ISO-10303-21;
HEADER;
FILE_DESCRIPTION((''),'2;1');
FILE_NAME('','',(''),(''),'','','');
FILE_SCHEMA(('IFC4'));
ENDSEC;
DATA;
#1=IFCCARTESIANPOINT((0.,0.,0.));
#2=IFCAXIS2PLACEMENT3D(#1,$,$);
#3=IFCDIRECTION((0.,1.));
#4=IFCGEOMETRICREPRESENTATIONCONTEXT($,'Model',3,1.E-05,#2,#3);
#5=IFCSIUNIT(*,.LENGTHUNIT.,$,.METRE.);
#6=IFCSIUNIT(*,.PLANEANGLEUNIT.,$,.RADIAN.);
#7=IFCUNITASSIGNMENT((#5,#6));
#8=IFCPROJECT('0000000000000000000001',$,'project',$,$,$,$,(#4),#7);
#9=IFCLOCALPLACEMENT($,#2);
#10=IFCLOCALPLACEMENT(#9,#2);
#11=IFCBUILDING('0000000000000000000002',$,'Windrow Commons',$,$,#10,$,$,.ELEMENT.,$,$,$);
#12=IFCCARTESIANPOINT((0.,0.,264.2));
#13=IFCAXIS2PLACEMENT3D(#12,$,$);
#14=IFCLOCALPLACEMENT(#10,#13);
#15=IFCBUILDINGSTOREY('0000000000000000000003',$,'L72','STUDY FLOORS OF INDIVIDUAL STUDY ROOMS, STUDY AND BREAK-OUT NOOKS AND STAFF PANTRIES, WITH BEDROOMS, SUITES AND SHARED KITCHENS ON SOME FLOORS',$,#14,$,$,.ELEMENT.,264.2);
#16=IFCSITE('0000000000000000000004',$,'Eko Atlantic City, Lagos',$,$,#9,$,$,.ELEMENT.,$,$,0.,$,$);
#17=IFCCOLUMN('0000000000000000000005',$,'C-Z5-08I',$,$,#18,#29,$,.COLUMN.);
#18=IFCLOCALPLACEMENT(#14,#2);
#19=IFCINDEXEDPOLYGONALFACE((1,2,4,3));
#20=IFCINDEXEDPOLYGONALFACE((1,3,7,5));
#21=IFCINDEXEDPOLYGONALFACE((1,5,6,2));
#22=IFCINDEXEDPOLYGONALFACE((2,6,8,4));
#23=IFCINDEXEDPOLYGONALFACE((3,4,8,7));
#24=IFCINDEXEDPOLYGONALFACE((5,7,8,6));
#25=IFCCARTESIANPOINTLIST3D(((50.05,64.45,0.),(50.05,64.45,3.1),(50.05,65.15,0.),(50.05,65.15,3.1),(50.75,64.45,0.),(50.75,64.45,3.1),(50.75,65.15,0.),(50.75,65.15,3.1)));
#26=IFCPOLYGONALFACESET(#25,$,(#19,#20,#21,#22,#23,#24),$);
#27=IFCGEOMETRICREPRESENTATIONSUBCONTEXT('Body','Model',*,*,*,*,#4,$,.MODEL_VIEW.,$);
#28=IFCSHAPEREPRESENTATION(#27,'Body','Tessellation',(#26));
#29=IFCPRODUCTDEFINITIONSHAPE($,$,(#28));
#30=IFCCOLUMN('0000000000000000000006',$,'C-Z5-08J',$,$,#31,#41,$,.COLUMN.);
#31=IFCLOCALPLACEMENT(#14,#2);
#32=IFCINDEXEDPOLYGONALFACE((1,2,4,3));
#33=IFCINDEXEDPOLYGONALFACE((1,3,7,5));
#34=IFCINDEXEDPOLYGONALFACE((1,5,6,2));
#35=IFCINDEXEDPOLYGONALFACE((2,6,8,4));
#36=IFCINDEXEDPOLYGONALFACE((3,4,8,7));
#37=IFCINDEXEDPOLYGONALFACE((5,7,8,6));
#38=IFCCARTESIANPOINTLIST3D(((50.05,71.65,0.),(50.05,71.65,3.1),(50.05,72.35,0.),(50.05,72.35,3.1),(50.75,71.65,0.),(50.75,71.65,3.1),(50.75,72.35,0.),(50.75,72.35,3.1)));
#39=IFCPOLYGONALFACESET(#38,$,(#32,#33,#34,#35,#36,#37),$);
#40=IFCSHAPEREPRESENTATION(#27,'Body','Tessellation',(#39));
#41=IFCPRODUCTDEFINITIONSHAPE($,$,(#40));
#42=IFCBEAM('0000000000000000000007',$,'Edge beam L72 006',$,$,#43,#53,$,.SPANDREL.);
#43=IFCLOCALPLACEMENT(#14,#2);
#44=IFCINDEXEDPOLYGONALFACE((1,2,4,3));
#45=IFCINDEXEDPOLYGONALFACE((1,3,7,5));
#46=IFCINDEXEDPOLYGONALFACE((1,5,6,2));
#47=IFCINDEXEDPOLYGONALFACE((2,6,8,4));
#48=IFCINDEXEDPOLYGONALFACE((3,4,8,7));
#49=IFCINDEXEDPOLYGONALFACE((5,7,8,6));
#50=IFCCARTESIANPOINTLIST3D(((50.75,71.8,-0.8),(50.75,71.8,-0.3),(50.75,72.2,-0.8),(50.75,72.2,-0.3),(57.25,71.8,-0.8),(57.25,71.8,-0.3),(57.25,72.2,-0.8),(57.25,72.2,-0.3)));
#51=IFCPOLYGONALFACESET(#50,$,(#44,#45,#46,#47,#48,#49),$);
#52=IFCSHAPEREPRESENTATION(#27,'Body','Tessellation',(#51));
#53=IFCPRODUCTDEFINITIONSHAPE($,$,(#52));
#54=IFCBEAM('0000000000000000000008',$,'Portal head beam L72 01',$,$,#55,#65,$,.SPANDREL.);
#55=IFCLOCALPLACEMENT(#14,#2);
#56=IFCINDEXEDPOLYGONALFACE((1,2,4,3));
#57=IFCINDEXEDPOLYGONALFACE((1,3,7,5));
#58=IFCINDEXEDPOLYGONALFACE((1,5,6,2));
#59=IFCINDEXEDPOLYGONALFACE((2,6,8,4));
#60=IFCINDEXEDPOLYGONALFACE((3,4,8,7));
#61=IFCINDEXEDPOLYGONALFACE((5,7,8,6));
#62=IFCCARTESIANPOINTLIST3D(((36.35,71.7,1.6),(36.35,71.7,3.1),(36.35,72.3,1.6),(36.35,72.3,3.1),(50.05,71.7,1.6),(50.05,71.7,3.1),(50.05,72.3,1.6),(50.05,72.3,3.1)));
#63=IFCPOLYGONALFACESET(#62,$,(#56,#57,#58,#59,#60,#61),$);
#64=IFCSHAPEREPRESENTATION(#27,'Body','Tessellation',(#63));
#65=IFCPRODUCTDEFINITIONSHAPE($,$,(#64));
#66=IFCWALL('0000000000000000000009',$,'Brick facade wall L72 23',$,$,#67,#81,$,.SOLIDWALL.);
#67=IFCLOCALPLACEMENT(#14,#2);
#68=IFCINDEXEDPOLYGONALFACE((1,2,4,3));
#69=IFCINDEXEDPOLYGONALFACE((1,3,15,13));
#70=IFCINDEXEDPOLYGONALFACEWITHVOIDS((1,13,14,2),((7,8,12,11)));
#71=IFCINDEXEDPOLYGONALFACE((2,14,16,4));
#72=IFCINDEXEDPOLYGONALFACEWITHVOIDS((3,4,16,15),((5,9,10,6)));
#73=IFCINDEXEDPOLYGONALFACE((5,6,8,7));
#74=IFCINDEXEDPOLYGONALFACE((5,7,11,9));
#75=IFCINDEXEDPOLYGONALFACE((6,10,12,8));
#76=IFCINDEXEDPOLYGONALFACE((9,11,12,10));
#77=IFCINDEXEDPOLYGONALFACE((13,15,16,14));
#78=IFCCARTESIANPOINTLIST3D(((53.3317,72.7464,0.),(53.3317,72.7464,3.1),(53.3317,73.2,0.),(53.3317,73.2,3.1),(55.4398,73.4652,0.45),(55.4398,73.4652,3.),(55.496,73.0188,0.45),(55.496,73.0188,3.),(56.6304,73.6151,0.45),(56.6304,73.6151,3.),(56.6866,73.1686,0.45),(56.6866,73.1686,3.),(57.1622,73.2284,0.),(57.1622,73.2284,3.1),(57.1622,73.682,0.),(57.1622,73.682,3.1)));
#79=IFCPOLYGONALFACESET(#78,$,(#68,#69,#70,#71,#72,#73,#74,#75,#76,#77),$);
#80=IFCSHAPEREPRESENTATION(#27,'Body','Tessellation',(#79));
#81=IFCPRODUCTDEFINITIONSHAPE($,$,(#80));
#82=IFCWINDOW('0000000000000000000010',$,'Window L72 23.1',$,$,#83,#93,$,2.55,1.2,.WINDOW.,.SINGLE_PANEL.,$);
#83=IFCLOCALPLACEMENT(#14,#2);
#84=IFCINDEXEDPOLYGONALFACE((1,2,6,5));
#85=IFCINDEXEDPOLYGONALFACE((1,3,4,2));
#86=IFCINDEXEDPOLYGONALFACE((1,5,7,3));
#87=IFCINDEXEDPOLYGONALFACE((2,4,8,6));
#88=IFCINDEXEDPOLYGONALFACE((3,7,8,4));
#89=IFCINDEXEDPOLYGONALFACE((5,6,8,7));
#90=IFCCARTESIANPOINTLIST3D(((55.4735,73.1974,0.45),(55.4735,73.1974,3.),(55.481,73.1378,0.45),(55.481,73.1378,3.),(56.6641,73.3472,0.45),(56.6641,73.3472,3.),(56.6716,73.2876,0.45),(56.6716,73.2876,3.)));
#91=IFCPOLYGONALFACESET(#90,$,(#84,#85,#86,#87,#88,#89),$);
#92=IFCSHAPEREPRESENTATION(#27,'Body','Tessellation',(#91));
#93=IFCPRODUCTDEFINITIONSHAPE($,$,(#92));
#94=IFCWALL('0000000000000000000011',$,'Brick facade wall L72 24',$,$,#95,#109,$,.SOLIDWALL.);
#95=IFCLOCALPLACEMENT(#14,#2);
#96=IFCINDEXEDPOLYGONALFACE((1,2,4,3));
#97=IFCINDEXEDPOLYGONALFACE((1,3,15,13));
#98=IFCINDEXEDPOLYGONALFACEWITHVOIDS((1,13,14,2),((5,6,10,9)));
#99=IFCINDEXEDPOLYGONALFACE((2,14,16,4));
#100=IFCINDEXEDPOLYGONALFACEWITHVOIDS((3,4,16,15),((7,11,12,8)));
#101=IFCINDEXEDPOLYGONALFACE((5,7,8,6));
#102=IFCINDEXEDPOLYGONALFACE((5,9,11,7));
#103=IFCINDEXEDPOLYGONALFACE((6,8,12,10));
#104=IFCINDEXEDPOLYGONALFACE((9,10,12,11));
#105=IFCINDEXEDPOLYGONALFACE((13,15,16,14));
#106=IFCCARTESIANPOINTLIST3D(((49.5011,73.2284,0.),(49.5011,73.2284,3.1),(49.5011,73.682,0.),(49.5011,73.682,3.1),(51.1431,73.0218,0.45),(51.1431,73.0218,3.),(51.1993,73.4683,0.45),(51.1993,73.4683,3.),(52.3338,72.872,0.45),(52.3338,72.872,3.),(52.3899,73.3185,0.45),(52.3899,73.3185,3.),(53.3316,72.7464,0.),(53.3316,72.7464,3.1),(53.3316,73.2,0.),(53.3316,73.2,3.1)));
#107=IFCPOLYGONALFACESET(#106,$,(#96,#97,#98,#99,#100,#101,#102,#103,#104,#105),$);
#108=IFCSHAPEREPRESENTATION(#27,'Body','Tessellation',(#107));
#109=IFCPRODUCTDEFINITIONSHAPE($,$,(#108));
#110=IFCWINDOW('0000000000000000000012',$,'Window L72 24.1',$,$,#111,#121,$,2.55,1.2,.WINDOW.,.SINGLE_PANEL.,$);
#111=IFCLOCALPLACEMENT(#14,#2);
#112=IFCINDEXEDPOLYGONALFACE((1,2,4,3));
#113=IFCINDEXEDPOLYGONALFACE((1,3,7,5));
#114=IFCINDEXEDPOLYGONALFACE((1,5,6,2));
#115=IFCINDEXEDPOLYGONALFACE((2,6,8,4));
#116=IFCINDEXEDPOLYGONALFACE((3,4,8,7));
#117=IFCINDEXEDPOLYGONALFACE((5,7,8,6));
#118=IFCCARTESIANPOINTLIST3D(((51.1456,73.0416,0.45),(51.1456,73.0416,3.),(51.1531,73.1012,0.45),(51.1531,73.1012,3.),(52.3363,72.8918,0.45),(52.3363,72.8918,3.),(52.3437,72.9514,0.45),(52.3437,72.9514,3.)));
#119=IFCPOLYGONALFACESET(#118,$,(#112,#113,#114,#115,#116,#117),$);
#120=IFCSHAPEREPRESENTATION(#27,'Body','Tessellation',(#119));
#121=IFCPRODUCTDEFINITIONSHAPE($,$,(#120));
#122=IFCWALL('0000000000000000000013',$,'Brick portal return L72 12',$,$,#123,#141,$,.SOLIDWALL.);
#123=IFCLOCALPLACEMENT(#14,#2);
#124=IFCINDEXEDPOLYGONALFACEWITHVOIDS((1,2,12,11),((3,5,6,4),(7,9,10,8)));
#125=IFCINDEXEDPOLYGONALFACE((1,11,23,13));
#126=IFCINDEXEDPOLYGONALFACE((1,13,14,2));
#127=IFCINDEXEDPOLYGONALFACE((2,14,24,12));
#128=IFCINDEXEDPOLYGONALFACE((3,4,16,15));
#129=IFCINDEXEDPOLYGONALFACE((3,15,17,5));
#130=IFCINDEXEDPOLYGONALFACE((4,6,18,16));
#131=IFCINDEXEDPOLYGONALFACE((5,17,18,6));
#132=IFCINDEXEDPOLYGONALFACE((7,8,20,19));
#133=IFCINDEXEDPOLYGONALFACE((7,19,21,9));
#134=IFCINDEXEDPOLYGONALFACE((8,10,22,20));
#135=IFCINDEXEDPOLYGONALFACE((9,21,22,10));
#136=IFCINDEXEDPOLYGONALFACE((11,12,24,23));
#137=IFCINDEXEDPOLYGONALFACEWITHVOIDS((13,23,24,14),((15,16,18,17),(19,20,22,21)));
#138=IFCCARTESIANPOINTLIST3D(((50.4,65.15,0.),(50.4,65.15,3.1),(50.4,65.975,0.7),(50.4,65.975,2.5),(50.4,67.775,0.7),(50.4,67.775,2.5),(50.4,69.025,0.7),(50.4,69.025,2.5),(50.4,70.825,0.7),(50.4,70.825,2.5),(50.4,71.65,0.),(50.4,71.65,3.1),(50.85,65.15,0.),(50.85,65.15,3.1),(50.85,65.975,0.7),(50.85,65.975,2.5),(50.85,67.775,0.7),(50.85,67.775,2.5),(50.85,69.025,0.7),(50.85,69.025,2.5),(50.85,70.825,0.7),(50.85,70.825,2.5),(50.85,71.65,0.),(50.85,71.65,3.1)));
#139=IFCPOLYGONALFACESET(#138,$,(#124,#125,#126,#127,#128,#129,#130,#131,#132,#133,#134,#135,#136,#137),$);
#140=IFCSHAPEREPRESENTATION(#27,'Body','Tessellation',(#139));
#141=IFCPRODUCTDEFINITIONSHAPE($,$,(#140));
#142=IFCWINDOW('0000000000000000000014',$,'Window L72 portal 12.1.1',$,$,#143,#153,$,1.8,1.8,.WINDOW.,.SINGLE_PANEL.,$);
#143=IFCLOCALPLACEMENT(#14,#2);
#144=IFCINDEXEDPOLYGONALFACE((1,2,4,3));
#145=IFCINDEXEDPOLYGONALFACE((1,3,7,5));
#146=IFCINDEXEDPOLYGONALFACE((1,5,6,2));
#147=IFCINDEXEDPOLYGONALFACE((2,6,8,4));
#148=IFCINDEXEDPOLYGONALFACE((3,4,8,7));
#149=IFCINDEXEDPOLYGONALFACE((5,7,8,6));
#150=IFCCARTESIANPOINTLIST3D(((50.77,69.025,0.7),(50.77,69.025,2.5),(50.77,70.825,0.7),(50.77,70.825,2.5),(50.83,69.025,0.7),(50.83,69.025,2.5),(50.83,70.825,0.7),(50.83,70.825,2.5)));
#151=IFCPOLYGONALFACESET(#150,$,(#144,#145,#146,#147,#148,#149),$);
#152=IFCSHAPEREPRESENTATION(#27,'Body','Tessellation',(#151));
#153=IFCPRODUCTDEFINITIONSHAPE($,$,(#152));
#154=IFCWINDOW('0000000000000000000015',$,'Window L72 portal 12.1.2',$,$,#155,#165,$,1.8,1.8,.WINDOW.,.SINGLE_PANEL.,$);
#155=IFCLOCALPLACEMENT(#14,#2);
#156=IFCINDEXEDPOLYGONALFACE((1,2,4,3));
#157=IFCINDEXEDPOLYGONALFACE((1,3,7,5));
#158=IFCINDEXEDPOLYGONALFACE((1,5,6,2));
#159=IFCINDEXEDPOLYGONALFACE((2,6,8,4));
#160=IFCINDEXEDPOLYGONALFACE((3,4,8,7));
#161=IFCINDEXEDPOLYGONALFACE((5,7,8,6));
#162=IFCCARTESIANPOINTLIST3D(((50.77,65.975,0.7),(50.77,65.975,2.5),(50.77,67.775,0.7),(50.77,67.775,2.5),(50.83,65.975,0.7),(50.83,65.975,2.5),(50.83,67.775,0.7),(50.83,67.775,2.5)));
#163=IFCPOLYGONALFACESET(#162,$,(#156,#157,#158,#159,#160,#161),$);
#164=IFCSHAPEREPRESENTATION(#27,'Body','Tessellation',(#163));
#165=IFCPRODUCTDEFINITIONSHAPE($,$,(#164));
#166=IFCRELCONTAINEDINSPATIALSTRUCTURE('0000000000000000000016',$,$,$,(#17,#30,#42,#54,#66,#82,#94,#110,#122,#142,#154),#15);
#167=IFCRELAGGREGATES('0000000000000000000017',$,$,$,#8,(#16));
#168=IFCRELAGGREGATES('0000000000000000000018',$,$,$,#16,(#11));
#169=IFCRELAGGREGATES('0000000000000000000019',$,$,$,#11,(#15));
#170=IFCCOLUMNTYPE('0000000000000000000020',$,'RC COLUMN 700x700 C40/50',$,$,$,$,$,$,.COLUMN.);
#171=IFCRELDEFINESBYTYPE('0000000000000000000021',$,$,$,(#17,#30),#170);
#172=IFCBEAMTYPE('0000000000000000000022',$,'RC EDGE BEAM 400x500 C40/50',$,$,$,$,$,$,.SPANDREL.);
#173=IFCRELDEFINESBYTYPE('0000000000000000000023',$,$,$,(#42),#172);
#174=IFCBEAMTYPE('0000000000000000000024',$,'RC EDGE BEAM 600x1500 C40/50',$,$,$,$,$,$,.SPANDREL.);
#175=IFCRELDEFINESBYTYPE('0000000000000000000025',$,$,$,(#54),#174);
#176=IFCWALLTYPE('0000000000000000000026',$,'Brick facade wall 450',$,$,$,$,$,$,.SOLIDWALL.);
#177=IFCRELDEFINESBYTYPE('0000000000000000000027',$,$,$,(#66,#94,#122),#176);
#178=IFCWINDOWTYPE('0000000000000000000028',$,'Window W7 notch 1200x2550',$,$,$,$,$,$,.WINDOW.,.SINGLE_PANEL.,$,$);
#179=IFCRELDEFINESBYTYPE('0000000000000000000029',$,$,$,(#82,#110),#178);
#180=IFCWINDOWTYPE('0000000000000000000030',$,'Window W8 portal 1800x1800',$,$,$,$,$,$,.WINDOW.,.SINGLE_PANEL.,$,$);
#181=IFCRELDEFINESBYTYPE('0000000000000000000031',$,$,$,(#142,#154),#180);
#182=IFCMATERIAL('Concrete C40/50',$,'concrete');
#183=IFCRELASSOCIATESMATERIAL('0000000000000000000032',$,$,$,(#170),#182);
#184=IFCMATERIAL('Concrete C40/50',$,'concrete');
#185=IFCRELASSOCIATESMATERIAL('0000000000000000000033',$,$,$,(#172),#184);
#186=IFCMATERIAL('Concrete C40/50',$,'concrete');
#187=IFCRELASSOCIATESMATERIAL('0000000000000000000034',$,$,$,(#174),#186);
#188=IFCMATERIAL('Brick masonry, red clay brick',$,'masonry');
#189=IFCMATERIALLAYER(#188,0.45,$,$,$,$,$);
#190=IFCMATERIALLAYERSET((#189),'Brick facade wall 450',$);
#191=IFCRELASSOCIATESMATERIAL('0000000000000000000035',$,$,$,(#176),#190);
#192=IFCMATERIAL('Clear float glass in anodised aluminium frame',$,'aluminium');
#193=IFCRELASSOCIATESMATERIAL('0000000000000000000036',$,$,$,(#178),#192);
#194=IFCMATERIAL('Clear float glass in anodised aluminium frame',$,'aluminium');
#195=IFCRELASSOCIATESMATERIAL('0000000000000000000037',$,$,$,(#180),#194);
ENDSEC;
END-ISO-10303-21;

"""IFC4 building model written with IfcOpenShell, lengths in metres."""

from ifc_helpers import new_model, si_unit, direction, frame, frame_2d, origin, origin_2d, place, context, subcontext, project, spatial, polyline, rectangle, outline, extrude, material, layer, layer_set, material_profile, profile_set, type_object, element, fill, save


model = new_model("IFC4")

# Units and contexts
model_context = context("Model", 3, precision=1e-05, world=origin(), true_north=direction((0.0, 1.0)))
body_context = subcontext(model_context, "Body", "Model", "MODEL_VIEW")
ifc_project = project(units=[si_unit("LENGTHUNIT", "METRE"), si_unit("PLANEANGLEUNIT", "RADIAN")], contexts=[model_context])

# Site, building, storey
site_placement = place(None, origin())
site = spatial("IfcSite", under=ifc_project, at=site_placement, Name="Eko Atlantic City, Lagos", CompositionType="ELEMENT", RefElevation=0.0)
building_placement = place(site_placement, origin())
building = spatial("IfcBuilding", under=site, at=building_placement, Name="Windrow Commons", CompositionType="ELEMENT")
storey_placement = place(building_placement, frame((0.0, 0.0, 264.2)))
storey = spatial("IfcBuildingStorey", under=building, at=storey_placement, Name="L72", Description="STUDY FLOORS OF INDIVIDUAL STUDY ROOMS, STUDY AND BREAK-OUT NOOKS AND STAFF PANTRIES, WITH BEDROOMS, SUITES AND SHARED KITCHENS ON SOME FLOORS", CompositionType="ELEMENT", Elevation=264.2)

# Columns
ifc_material_1 = material(Name="Concrete C40/50", Category="concrete")
ifc_material_profile_1 = material_profile(ifc_material_1, rectangle(XDim=0.7, YDim=0.7, at=origin_2d()))
ifc_profile_set_1 = profile_set([ifc_material_profile_1], Name="Concrete C40/50")
column_type = type_object("IfcColumnType", Name="RC COLUMN 700x700 C40/50", PredefinedType="COLUMN", material=ifc_profile_set_1)
for number, where, z_axis, x_axis, name in (
    (1, (50.4, 64.8, 0.0), (0.0, 0.0, 1.0), (1.0, 0.0, 0.0), "C-Z5-08I"),
    (2, (50.4, 72.0, 0.0), (0.0, 0.0, 1.0), (1.0, 0.0, 0.0), "C-Z5-08J"),
):
    element("IfcColumn", number, at=place(storey_placement, frame(where, z_axis=z_axis, x_axis=x_axis)), inside=storey, type_object=column_type, Name=name, PredefinedType="COLUMN", context=body_context, shape_type="SweptSolid", body=[
        extrude(rectangle(XDim=0.7, YDim=0.7, at=origin_2d()), origin(), (0.0, 0.0, 1.0), 3.1),
    ])

# Beams
ifc_material_2 = material(Name="Concrete C40/50", Category="concrete")
ifc_material_profile_2 = material_profile(ifc_material_2, rectangle(XDim=0.4, YDim=0.5, at=origin_2d()))
ifc_profile_set_2 = profile_set([ifc_material_profile_2], Name="Concrete C40/50")
beam_type_1 = type_object("IfcBeamType", Name="RC EDGE BEAM 400x500 C40/50", PredefinedType="SPANDREL", material=ifc_profile_set_2)
beam_1_placement = place(storey_placement, frame((50.75, 72.0, -0.55), z_axis=(1.0, 0.0, 0.0), x_axis=(0.0, 1.0, 0.0)))
element("IfcBeam", 3, at=beam_1_placement, inside=storey, type_object=beam_type_1, Name="Edge beam L72 006", PredefinedType="SPANDREL", context=body_context, shape_type="SweptSolid", body=[
    extrude(rectangle(XDim=0.4, YDim=0.5, at=origin_2d()), origin(), (0.0, 0.0, 1.0), 6.5),
])
ifc_material_3 = material(Name="Concrete C40/50", Category="concrete")
ifc_material_profile_3 = material_profile(ifc_material_3, rectangle(XDim=0.6, YDim=1.5, at=origin_2d()))
ifc_profile_set_3 = profile_set([ifc_material_profile_3], Name="Concrete C40/50")
beam_type_2 = type_object("IfcBeamType", Name="RC EDGE BEAM 600x1500 C40/50", PredefinedType="SPANDREL", material=ifc_profile_set_3)
beam_2_placement = place(storey_placement, frame((36.35, 72.0, 2.35), z_axis=(1.0, 0.0, 0.0), x_axis=(0.0, 1.0, 0.0)))
element("IfcBeam", 4, at=beam_2_placement, inside=storey, type_object=beam_type_2, Name="Portal head beam L72 01", PredefinedType="SPANDREL", context=body_context, shape_type="SweptSolid", body=[
    extrude(rectangle(XDim=0.6, YDim=1.5, at=origin_2d()), origin(), (0.0, 0.0, 1.0), 13.7),
])

# Walls, openings, windows
ifc_material_4 = material(Name="Brick masonry, red clay brick", Category="masonry")
ifc_layer_1 = layer(ifc_material_4, 0.45)
ifc_layer_set_1 = layer_set([ifc_layer_1], Name="Brick facade wall 450")
wall_type_1 = type_object("IfcWallType", Name="Brick facade wall 450", PredefinedType="SOLIDWALL", material=ifc_layer_set_1)
wall_1_placement = place(storey_placement, frame((57.1622, 73.4552, 0.0), z_axis=(0.0, 0.0, 1.0), x_axis=(-0.992176, -0.124844, 0.0)))
wall_1 = element("IfcWall", 5, at=wall_1_placement, inside=storey, type_object=wall_type_1, Name="Brick facade wall L72 23", PredefinedType="SOLIDWALL", context=body_context, shape_type="SweptSolid", body=[
    extrude(outline(polyline([(-0.0283, -0.225), (3.8324, -0.225), (3.889, 0.225), (0.0283, 0.225), (-0.0283, -0.225)])), origin(), (0.0, 0.0, 1.0), 3.1),
])
opening_1_placement = place(wall_1_placement, frame((0.5077, 0.0, 0.45)))
opening_1 = element("IfcOpeningElement", 6, at=opening_1_placement, cuts=wall_1, PredefinedType="OPENING", context=body_context, shape_type="SweptSolid", body=[
    extrude(rectangle(XDim=1.2, YDim=2.55, at=frame_2d((0.6, 1.275))), frame((0.0, 0.235, 0.0), z_axis=(0.0, -1.0, 0.0), x_axis=(1.0, 0.0, 0.0)), (0.0, 0.0, 1.0), 0.47),
])
ifc_material_5 = material(Name="Clear float glass in anodised aluminium frame", Category="aluminium")
window_type_1 = type_object("IfcWindowType", Name="Window W7 notch 1200x2550", PartitioningType="SINGLE_PANEL", PredefinedType="WINDOW", material=ifc_material_5)
window_1_placement = place(opening_1_placement, origin())
window_1 = element("IfcWindow", 7, at=window_1_placement, inside=storey, type_object=window_type_1, Name="Window L72 23.1", OverallHeight=2.55, OverallWidth=1.2, PartitioningType="SINGLE_PANEL", PredefinedType="WINDOW", context=body_context, shape_type="SweptSolid", body=[
    extrude(rectangle(XDim=1.2, YDim=2.55, at=frame_2d((0.6, 1.275))), frame((0.0, 0.105, 0.0), z_axis=(0.0, -1.0, 0.0), x_axis=(1.0, 0.0, 0.0)), (0.0, 0.0, 1.0), 0.06),
])
fill(opening_1, window_1)
wall_2_placement = place(storey_placement, frame((53.3316, 72.9732, 0.0), z_axis=(0.0, 0.0, 1.0), x_axis=(-0.992176, 0.124848, 0.0)))
wall_2 = element("IfcWall", 8, at=wall_2_placement, inside=storey, type_object=wall_type_1, Name="Brick facade wall L72 24", PredefinedType="SOLIDWALL", context=body_context, shape_type="SweptSolid", body=[
    extrude(outline(polyline([(0.0283, -0.225), (3.889, -0.225), (3.8324, 0.225), (-0.0283, 0.225), (0.0283, -0.225)])), origin(), (0.0, 0.0, 1.0), 3.1),
])
opening_2_placement = place(wall_2_placement, frame((0.9774, 0.0, 0.45)))
opening_2 = element("IfcOpeningElement", 9, at=opening_2_placement, cuts=wall_2, PredefinedType="OPENING", context=body_context, shape_type="SweptSolid", body=[
    extrude(rectangle(XDim=1.2, YDim=2.55, at=frame_2d((0.6, 1.275))), frame((0.0, 0.235, 0.0), z_axis=(0.0, -1.0, 0.0), x_axis=(1.0, 0.0, 0.0)), (0.0, 0.0, 1.0), 0.47),
])
window_2_placement = place(opening_2_placement, origin())
window_2 = element("IfcWindow", 10, at=window_2_placement, inside=storey, type_object=window_type_1, Name="Window L72 24.1", OverallHeight=2.55, OverallWidth=1.2, PartitioningType="SINGLE_PANEL", PredefinedType="WINDOW", context=body_context, shape_type="SweptSolid", body=[
    extrude(rectangle(XDim=1.2, YDim=2.55, at=frame_2d((0.6, 1.275))), frame((0.0, 0.205, 0.0), z_axis=(0.0, -1.0, 0.0), x_axis=(1.0, 0.0, 0.0)), (0.0, 0.0, 1.0), 0.06),
])
fill(opening_2, window_2)

# Wall, openings, windows
wall_3_placement = place(storey_placement, frame((50.625, 71.65, 0.0), z_axis=(0.0, 0.0, 1.0), x_axis=(0.0, -1.0, 0.0)))
wall_3 = element("IfcWall", 11, at=wall_3_placement, inside=storey, type_object=wall_type_1, Name="Brick portal return L72 12", PredefinedType="SOLIDWALL", context=body_context, shape_type="SweptSolid", body=[
    extrude(rectangle(XDim=6.5, YDim=0.45, at=frame_2d((3.25, 0.0))), origin(), (0.0, 0.0, 1.0), 3.1),
])
opening_3_placement = place(wall_3_placement, frame((0.825, 0.0, 0.7)))
opening_3 = element("IfcOpeningElement", 12, at=opening_3_placement, cuts=wall_3, PredefinedType="OPENING", context=body_context, shape_type="SweptSolid", body=[
    extrude(rectangle(XDim=1.8, YDim=1.8, at=frame_2d((0.9, 0.9))), frame((0.0, 0.235, 0.0), z_axis=(0.0, -1.0, 0.0), x_axis=(1.0, 0.0, 0.0)), (0.0, 0.0, 1.0), 0.47),
])
opening_4_placement = place(wall_3_placement, frame((3.875, 0.0, 0.7)))
opening_4 = element("IfcOpeningElement", 13, at=opening_4_placement, cuts=wall_3, PredefinedType="OPENING", context=body_context, shape_type="SweptSolid", body=[
    extrude(rectangle(XDim=1.8, YDim=1.8, at=frame_2d((0.9, 0.9))), frame((0.0, 0.235, 0.0), z_axis=(0.0, -1.0, 0.0), x_axis=(1.0, 0.0, 0.0)), (0.0, 0.0, 1.0), 0.47),
])
ifc_material_6 = material(Name="Clear float glass in anodised aluminium frame", Category="aluminium")
window_type_2 = type_object("IfcWindowType", Name="Window W8 portal 1800x1800", PartitioningType="SINGLE_PANEL", PredefinedType="WINDOW", material=ifc_material_6)
window_3_placement = place(opening_3_placement, origin())
window_3 = element("IfcWindow", 14, at=window_3_placement, inside=storey, type_object=window_type_2, Name="Window L72 portal 12.1.1", OverallHeight=1.8, OverallWidth=1.8, PartitioningType="SINGLE_PANEL", PredefinedType="WINDOW", context=body_context, shape_type="SweptSolid", body=[
    extrude(rectangle(XDim=1.8, YDim=1.8, at=frame_2d((0.9, 0.9))), frame((0.0, 0.205, 0.0), z_axis=(0.0, -1.0, 0.0), x_axis=(1.0, 0.0, 0.0)), (0.0, 0.0, 1.0), 0.06),
])
fill(opening_3, window_3)
window_4_placement = place(opening_4_placement, origin())
window_4 = element("IfcWindow", 15, at=window_4_placement, inside=storey, type_object=window_type_2, Name="Window L72 portal 12.1.2", OverallHeight=1.8, OverallWidth=1.8, PartitioningType="SINGLE_PANEL", PredefinedType="WINDOW", context=body_context, shape_type="SweptSolid", body=[
    extrude(rectangle(XDim=1.8, YDim=1.8, at=frame_2d((0.9, 0.9))), frame((0.0, 0.205, 0.0), z_axis=(0.0, -1.0, 0.0), x_axis=(1.0, 0.0, 0.0)), (0.0, 0.0, 1.0), 0.06),
])
fill(opening_4, window_4)

save(model, "model.ifc")
